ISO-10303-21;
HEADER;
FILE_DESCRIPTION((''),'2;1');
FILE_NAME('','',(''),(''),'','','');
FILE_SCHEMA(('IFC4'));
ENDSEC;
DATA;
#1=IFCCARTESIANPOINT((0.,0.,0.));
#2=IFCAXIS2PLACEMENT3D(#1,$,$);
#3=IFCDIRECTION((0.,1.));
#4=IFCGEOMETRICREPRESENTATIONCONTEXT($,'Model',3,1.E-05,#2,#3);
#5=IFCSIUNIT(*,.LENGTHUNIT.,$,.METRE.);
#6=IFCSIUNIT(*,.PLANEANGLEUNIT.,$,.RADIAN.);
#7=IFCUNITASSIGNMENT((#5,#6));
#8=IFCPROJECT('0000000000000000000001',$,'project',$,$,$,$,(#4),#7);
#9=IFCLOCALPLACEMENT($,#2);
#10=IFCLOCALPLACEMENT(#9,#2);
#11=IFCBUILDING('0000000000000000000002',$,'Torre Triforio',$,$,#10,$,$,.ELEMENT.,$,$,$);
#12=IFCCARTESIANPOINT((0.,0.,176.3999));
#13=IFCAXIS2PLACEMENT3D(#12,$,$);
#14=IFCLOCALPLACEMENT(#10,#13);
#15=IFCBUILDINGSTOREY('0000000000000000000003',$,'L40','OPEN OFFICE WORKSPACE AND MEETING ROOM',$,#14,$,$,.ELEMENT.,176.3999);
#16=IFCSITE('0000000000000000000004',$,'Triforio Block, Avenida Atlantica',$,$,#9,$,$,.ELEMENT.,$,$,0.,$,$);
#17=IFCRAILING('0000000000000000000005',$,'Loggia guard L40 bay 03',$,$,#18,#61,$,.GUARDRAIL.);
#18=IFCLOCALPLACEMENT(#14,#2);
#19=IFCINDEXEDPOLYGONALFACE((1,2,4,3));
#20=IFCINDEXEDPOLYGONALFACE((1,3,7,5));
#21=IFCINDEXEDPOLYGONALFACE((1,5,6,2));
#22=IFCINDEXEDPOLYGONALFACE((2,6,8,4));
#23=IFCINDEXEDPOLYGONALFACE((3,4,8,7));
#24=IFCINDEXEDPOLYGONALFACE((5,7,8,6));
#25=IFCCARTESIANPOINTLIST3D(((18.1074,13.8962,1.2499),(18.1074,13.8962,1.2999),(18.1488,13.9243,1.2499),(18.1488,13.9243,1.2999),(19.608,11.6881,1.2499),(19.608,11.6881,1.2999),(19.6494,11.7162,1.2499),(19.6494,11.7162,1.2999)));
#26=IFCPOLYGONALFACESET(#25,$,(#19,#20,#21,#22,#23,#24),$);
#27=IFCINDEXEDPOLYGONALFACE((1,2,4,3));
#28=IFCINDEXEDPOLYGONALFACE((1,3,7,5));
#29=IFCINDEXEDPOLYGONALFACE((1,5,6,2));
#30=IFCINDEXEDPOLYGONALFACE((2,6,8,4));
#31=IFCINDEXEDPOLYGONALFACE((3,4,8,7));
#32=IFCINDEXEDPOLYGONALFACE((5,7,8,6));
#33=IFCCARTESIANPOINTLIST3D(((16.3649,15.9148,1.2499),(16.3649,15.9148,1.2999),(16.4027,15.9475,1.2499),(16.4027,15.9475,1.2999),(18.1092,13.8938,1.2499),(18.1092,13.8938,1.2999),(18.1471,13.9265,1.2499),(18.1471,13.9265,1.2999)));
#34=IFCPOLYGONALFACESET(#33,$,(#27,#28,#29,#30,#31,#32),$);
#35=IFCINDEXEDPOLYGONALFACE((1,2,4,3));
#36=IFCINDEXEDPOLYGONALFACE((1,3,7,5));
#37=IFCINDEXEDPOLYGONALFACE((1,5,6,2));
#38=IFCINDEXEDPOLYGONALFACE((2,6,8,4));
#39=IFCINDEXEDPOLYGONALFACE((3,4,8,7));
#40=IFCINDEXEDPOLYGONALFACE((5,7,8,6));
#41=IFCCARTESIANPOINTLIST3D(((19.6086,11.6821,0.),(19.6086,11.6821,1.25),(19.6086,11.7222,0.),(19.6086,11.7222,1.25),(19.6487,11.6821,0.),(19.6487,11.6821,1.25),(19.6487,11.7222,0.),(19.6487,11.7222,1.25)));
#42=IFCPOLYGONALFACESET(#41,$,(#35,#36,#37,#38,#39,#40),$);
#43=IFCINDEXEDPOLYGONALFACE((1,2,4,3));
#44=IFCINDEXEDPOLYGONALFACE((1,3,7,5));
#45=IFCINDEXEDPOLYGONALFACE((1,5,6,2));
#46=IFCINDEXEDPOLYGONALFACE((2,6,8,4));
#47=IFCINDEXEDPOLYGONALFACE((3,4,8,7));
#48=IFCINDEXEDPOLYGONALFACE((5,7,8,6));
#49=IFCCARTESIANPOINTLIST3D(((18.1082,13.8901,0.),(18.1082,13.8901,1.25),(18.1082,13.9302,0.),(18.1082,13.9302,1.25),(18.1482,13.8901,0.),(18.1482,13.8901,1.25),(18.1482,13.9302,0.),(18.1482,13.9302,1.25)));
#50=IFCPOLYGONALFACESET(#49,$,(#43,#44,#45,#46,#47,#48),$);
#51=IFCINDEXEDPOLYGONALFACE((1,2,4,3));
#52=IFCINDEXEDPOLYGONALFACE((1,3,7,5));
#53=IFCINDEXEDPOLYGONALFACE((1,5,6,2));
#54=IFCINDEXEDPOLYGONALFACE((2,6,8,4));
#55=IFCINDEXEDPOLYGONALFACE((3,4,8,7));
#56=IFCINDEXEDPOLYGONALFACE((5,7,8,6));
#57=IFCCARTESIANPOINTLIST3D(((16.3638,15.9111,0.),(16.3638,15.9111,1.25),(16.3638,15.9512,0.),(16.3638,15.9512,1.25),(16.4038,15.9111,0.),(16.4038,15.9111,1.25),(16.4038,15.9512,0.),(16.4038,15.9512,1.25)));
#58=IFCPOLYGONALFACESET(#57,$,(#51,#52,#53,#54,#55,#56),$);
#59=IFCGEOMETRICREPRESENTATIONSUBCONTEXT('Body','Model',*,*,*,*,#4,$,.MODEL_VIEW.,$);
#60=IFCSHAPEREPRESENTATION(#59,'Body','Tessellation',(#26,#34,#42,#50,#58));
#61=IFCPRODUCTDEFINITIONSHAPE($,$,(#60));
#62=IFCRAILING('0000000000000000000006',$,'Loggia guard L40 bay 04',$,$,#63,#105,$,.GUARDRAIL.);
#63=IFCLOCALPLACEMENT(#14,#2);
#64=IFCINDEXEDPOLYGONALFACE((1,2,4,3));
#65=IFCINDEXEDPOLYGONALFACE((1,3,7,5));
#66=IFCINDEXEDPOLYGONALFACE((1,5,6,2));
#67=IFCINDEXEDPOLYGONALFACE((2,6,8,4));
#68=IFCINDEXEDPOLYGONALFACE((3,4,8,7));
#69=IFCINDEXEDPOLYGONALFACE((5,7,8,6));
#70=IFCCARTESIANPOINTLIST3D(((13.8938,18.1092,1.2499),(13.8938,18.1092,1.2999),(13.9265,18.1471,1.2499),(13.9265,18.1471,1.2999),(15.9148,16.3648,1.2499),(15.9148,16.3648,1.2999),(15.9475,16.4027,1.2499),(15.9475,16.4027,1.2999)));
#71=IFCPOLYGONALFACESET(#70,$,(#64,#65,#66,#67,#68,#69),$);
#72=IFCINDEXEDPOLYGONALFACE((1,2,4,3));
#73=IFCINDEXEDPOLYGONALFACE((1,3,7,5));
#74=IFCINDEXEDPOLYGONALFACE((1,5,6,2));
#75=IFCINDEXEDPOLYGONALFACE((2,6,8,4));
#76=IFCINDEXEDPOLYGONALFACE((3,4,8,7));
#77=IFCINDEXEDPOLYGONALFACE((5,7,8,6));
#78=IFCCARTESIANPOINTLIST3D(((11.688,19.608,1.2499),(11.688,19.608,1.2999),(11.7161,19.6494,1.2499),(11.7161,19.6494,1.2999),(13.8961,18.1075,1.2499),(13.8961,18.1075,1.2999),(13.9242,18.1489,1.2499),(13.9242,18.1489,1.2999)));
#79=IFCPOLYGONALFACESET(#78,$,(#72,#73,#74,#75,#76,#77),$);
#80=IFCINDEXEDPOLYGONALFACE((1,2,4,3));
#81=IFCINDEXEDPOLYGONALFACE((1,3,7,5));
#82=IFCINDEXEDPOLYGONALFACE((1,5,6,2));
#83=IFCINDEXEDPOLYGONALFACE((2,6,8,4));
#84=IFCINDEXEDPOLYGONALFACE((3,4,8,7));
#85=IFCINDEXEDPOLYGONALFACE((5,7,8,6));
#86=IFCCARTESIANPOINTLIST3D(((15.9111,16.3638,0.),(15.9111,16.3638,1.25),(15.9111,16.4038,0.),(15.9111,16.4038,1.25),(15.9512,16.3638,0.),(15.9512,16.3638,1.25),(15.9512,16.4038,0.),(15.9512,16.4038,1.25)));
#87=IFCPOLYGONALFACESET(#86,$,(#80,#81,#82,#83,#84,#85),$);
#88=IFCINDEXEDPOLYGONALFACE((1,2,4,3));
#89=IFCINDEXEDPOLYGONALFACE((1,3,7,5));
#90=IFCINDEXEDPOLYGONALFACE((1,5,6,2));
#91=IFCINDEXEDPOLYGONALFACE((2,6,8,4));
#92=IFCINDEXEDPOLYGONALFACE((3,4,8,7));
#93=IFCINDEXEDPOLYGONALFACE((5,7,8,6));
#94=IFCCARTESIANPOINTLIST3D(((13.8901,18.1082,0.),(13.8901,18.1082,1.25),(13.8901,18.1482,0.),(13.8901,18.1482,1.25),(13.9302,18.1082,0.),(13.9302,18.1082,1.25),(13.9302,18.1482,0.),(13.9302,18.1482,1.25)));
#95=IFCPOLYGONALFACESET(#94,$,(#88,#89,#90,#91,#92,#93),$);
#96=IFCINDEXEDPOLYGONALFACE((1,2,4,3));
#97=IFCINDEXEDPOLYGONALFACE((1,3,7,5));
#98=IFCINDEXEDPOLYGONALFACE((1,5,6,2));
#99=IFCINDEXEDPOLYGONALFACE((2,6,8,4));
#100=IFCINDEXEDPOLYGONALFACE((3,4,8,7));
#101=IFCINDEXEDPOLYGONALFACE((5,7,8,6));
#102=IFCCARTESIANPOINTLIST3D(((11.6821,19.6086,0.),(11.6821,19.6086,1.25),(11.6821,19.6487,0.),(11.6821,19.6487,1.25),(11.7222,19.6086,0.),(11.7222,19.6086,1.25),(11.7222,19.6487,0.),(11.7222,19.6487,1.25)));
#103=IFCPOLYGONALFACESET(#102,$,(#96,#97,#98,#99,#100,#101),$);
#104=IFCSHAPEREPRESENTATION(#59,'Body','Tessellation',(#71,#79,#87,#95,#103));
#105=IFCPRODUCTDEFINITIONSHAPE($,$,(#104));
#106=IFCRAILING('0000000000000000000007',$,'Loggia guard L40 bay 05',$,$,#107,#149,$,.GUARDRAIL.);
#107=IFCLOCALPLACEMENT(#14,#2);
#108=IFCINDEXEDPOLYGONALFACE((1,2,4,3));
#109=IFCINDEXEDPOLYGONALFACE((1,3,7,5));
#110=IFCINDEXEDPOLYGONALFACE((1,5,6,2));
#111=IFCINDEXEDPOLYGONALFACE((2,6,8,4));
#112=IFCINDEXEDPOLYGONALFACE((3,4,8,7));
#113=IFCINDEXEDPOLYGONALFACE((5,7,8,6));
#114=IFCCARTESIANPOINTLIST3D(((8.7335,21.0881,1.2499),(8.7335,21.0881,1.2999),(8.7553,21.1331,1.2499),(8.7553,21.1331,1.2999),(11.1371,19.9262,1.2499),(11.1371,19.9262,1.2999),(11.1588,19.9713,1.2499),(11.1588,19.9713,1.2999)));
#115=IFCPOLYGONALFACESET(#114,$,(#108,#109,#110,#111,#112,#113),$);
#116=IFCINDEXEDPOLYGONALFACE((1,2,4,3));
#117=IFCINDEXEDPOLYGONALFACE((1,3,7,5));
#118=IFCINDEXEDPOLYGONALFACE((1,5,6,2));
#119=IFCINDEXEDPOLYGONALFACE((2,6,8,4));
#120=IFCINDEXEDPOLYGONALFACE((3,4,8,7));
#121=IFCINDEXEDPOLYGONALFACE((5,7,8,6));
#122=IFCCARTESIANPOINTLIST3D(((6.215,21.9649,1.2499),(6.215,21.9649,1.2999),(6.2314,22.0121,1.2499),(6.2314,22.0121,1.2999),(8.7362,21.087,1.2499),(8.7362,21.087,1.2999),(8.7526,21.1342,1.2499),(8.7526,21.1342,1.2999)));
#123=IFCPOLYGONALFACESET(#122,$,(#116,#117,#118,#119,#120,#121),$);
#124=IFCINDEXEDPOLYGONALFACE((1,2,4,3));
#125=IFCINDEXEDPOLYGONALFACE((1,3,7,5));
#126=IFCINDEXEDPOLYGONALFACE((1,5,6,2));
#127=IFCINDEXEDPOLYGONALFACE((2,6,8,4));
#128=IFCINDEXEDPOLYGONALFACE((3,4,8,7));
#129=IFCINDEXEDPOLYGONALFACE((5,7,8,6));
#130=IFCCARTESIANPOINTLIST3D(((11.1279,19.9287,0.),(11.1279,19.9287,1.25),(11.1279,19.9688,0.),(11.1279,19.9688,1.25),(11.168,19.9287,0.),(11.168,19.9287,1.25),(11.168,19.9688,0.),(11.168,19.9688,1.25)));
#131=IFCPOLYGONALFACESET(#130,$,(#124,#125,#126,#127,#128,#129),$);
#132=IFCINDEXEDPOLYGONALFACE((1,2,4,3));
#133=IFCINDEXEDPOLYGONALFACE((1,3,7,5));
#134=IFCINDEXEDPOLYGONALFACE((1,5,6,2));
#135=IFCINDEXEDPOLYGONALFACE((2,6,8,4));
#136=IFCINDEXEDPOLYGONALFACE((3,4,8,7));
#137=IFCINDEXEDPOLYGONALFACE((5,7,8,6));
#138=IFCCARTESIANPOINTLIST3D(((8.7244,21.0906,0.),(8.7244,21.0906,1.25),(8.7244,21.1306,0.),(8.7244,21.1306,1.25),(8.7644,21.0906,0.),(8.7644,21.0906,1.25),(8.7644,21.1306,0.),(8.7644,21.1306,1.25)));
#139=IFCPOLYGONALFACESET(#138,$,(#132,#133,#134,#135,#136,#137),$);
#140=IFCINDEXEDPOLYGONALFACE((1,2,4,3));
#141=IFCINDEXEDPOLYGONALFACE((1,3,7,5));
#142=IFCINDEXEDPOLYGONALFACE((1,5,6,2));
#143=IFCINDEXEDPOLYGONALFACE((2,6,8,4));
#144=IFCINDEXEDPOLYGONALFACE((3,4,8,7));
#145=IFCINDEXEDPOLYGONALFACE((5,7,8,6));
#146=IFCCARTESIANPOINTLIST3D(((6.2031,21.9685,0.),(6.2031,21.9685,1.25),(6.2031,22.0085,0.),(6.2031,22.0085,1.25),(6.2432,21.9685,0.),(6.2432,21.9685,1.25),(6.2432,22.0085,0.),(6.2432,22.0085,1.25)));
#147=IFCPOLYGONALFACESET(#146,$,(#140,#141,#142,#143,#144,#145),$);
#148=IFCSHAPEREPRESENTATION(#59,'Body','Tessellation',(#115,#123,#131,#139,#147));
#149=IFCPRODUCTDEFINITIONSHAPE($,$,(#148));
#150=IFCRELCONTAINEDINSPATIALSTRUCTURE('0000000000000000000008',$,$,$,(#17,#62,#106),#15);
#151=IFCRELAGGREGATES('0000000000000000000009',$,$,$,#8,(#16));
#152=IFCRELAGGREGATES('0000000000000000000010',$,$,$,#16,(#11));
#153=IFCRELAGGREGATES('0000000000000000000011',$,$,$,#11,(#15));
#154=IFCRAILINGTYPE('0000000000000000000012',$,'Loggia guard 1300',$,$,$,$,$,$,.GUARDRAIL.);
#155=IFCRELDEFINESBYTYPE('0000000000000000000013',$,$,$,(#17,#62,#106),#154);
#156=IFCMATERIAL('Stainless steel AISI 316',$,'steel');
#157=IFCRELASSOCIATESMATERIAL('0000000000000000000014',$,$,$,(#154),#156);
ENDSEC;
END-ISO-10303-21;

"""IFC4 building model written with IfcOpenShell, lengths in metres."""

from ifc_helpers import new_model, si_unit, direction, frame, origin, origin_2d, place, context, subcontext, project, spatial, rectangle, extrude, material, type_object, element, save


model = new_model("IFC4")

# Units and contexts
model_context = context("Model", 3, precision=1e-05, world=origin(), true_north=direction((0.0, 1.0)))
body_context = subcontext(model_context, "Body", "Model", "MODEL_VIEW")
ifc_project = project(units=[si_unit("LENGTHUNIT", "METRE"), si_unit("PLANEANGLEUNIT", "RADIAN")], contexts=[model_context])

# Site, building, storey
site_placement = place(None, origin())
site = spatial("IfcSite", under=ifc_project, at=site_placement, Name="Triforio Block, Avenida Atlantica", CompositionType="ELEMENT", RefElevation=0.0)
building_placement = place(site_placement, origin())
building = spatial("IfcBuilding", under=site, at=building_placement, Name="Torre Triforio", CompositionType="ELEMENT")
storey_placement = place(building_placement, frame((0.0, 0.0, 176.3999)))
storey = spatial("IfcBuildingStorey", under=building, at=storey_placement, Name="L40", Description="OPEN OFFICE WORKSPACE AND MEETING ROOM", CompositionType="ELEMENT", Elevation=176.3999)

# Railings
ifc_material_1 = material(Name="Stainless steel AISI 316", Category="steel")
railing_type = type_object("IfcRailingType", Name="Loggia guard 1300", PredefinedType="GUARDRAIL", material=ifc_material_1)
railing_1_placement = place(storey_placement, frame((19.6287, 11.7021, 0.0)))
element("IfcRailing", 1, at=railing_1_placement, inside=storey, type_object=railing_type, Name="Loggia guard L40 bay 03", PredefinedType="GUARDRAIL", context=body_context, shape_type="SweptSolid", body=[
    extrude(rectangle(XDim=0.05, YDim=0.05, at=origin_2d()), frame((0.0, 0.0, 1.2749), z_axis=(-0.562065, 0.827093, 0.0), x_axis=(-0.827093, -0.562065, 0.0)), (0.0, 0.0, 1.0), 2.6697),
    extrude(rectangle(XDim=0.05, YDim=0.05, at=origin_2d()), frame((-1.5005, 2.208, 1.2749), z_axis=(-0.653401, 0.757012, 0.0), x_axis=(-0.757012, -0.653401, 0.0)), (0.0, 0.0, 1.0), 2.6697),
    extrude(rectangle(XDim=0.04, YDim=0.04, at=origin_2d()), origin(), (0.0, 0.0, 1.0), 1.25),
    extrude(rectangle(XDim=0.04, YDim=0.04, at=origin_2d()), frame((-1.5005, 2.208, 0.0)), (0.0, 0.0, 1.0), 1.25),
    extrude(rectangle(XDim=0.04, YDim=0.04, at=origin_2d()), frame((-3.2449, 4.229, 0.0)), (0.0, 0.0, 1.0), 1.25),
])
railing_2_placement = place(storey_placement, frame((15.9312, 16.3838, 0.0)))
element("IfcRailing", 2, at=railing_2_placement, inside=storey, type_object=railing_type, Name="Loggia guard L40 bay 04", PredefinedType="GUARDRAIL", context=body_context, shape_type="SweptSolid", body=[
    extrude(rectangle(XDim=0.05, YDim=0.05, at=origin_2d()), frame((0.0, 0.0, 1.2749), z_axis=(-0.757012, 0.653401, 0.0), x_axis=(-0.653401, -0.757012, 0.0)), (0.0, 0.0, 1.0), 2.6697),
    extrude(rectangle(XDim=0.05, YDim=0.05, at=origin_2d()), frame((-2.021, 1.7444, 1.2749), z_axis=(-0.827093, 0.562065, 0.0), x_axis=(-0.562065, -0.827093, 0.0)), (0.0, 0.0, 1.0), 2.6697),
    extrude(rectangle(XDim=0.04, YDim=0.04, at=origin_2d()), origin(), (0.0, 0.0, 1.0), 1.25),
    extrude(rectangle(XDim=0.04, YDim=0.04, at=origin_2d()), frame((-2.021, 1.7444, 0.0)), (0.0, 0.0, 1.0), 1.25),
    extrude(rectangle(XDim=0.04, YDim=0.04, at=origin_2d()), frame((-4.229, 3.2449, 0.0)), (0.0, 0.0, 1.0), 1.25),
])
railing_3_placement = place(storey_placement, frame((11.1479, 19.9487, 0.0)))
element("IfcRailing", 3, at=railing_3_placement, inside=storey, type_object=railing_type, Name="Loggia guard L40 bay 05", PredefinedType="GUARDRAIL", context=body_context, shape_type="SweptSolid", body=[
    extrude(rectangle(XDim=0.05, YDim=0.05, at=origin_2d()), frame((0.0, 0.0, 1.2749), z_axis=(-0.900328, 0.435212, 0.0), x_axis=(-0.435212, -0.900328, 0.0)), (0.0, 0.0, 1.0), 2.6697),
    extrude(rectangle(XDim=0.05, YDim=0.05, at=origin_2d()), frame((-2.4036, 1.1619, 1.2749), z_axis=(-0.944383, 0.328847, 0.0), x_axis=(-0.328847, -0.944383, 0.0)), (0.0, 0.0, 1.0), 2.6697),
    extrude(rectangle(XDim=0.04, YDim=0.04, at=origin_2d()), origin(), (0.0, 0.0, 1.0), 1.25),
    extrude(rectangle(XDim=0.04, YDim=0.04, at=origin_2d()), frame((-2.4036, 1.1619, 0.0)), (0.0, 0.0, 1.0), 1.25),
    extrude(rectangle(XDim=0.04, YDim=0.04, at=origin_2d()), frame((-4.9248, 2.0398, 0.0)), (0.0, 0.0, 1.0), 1.25),
])

save(model, "model.ifc")
